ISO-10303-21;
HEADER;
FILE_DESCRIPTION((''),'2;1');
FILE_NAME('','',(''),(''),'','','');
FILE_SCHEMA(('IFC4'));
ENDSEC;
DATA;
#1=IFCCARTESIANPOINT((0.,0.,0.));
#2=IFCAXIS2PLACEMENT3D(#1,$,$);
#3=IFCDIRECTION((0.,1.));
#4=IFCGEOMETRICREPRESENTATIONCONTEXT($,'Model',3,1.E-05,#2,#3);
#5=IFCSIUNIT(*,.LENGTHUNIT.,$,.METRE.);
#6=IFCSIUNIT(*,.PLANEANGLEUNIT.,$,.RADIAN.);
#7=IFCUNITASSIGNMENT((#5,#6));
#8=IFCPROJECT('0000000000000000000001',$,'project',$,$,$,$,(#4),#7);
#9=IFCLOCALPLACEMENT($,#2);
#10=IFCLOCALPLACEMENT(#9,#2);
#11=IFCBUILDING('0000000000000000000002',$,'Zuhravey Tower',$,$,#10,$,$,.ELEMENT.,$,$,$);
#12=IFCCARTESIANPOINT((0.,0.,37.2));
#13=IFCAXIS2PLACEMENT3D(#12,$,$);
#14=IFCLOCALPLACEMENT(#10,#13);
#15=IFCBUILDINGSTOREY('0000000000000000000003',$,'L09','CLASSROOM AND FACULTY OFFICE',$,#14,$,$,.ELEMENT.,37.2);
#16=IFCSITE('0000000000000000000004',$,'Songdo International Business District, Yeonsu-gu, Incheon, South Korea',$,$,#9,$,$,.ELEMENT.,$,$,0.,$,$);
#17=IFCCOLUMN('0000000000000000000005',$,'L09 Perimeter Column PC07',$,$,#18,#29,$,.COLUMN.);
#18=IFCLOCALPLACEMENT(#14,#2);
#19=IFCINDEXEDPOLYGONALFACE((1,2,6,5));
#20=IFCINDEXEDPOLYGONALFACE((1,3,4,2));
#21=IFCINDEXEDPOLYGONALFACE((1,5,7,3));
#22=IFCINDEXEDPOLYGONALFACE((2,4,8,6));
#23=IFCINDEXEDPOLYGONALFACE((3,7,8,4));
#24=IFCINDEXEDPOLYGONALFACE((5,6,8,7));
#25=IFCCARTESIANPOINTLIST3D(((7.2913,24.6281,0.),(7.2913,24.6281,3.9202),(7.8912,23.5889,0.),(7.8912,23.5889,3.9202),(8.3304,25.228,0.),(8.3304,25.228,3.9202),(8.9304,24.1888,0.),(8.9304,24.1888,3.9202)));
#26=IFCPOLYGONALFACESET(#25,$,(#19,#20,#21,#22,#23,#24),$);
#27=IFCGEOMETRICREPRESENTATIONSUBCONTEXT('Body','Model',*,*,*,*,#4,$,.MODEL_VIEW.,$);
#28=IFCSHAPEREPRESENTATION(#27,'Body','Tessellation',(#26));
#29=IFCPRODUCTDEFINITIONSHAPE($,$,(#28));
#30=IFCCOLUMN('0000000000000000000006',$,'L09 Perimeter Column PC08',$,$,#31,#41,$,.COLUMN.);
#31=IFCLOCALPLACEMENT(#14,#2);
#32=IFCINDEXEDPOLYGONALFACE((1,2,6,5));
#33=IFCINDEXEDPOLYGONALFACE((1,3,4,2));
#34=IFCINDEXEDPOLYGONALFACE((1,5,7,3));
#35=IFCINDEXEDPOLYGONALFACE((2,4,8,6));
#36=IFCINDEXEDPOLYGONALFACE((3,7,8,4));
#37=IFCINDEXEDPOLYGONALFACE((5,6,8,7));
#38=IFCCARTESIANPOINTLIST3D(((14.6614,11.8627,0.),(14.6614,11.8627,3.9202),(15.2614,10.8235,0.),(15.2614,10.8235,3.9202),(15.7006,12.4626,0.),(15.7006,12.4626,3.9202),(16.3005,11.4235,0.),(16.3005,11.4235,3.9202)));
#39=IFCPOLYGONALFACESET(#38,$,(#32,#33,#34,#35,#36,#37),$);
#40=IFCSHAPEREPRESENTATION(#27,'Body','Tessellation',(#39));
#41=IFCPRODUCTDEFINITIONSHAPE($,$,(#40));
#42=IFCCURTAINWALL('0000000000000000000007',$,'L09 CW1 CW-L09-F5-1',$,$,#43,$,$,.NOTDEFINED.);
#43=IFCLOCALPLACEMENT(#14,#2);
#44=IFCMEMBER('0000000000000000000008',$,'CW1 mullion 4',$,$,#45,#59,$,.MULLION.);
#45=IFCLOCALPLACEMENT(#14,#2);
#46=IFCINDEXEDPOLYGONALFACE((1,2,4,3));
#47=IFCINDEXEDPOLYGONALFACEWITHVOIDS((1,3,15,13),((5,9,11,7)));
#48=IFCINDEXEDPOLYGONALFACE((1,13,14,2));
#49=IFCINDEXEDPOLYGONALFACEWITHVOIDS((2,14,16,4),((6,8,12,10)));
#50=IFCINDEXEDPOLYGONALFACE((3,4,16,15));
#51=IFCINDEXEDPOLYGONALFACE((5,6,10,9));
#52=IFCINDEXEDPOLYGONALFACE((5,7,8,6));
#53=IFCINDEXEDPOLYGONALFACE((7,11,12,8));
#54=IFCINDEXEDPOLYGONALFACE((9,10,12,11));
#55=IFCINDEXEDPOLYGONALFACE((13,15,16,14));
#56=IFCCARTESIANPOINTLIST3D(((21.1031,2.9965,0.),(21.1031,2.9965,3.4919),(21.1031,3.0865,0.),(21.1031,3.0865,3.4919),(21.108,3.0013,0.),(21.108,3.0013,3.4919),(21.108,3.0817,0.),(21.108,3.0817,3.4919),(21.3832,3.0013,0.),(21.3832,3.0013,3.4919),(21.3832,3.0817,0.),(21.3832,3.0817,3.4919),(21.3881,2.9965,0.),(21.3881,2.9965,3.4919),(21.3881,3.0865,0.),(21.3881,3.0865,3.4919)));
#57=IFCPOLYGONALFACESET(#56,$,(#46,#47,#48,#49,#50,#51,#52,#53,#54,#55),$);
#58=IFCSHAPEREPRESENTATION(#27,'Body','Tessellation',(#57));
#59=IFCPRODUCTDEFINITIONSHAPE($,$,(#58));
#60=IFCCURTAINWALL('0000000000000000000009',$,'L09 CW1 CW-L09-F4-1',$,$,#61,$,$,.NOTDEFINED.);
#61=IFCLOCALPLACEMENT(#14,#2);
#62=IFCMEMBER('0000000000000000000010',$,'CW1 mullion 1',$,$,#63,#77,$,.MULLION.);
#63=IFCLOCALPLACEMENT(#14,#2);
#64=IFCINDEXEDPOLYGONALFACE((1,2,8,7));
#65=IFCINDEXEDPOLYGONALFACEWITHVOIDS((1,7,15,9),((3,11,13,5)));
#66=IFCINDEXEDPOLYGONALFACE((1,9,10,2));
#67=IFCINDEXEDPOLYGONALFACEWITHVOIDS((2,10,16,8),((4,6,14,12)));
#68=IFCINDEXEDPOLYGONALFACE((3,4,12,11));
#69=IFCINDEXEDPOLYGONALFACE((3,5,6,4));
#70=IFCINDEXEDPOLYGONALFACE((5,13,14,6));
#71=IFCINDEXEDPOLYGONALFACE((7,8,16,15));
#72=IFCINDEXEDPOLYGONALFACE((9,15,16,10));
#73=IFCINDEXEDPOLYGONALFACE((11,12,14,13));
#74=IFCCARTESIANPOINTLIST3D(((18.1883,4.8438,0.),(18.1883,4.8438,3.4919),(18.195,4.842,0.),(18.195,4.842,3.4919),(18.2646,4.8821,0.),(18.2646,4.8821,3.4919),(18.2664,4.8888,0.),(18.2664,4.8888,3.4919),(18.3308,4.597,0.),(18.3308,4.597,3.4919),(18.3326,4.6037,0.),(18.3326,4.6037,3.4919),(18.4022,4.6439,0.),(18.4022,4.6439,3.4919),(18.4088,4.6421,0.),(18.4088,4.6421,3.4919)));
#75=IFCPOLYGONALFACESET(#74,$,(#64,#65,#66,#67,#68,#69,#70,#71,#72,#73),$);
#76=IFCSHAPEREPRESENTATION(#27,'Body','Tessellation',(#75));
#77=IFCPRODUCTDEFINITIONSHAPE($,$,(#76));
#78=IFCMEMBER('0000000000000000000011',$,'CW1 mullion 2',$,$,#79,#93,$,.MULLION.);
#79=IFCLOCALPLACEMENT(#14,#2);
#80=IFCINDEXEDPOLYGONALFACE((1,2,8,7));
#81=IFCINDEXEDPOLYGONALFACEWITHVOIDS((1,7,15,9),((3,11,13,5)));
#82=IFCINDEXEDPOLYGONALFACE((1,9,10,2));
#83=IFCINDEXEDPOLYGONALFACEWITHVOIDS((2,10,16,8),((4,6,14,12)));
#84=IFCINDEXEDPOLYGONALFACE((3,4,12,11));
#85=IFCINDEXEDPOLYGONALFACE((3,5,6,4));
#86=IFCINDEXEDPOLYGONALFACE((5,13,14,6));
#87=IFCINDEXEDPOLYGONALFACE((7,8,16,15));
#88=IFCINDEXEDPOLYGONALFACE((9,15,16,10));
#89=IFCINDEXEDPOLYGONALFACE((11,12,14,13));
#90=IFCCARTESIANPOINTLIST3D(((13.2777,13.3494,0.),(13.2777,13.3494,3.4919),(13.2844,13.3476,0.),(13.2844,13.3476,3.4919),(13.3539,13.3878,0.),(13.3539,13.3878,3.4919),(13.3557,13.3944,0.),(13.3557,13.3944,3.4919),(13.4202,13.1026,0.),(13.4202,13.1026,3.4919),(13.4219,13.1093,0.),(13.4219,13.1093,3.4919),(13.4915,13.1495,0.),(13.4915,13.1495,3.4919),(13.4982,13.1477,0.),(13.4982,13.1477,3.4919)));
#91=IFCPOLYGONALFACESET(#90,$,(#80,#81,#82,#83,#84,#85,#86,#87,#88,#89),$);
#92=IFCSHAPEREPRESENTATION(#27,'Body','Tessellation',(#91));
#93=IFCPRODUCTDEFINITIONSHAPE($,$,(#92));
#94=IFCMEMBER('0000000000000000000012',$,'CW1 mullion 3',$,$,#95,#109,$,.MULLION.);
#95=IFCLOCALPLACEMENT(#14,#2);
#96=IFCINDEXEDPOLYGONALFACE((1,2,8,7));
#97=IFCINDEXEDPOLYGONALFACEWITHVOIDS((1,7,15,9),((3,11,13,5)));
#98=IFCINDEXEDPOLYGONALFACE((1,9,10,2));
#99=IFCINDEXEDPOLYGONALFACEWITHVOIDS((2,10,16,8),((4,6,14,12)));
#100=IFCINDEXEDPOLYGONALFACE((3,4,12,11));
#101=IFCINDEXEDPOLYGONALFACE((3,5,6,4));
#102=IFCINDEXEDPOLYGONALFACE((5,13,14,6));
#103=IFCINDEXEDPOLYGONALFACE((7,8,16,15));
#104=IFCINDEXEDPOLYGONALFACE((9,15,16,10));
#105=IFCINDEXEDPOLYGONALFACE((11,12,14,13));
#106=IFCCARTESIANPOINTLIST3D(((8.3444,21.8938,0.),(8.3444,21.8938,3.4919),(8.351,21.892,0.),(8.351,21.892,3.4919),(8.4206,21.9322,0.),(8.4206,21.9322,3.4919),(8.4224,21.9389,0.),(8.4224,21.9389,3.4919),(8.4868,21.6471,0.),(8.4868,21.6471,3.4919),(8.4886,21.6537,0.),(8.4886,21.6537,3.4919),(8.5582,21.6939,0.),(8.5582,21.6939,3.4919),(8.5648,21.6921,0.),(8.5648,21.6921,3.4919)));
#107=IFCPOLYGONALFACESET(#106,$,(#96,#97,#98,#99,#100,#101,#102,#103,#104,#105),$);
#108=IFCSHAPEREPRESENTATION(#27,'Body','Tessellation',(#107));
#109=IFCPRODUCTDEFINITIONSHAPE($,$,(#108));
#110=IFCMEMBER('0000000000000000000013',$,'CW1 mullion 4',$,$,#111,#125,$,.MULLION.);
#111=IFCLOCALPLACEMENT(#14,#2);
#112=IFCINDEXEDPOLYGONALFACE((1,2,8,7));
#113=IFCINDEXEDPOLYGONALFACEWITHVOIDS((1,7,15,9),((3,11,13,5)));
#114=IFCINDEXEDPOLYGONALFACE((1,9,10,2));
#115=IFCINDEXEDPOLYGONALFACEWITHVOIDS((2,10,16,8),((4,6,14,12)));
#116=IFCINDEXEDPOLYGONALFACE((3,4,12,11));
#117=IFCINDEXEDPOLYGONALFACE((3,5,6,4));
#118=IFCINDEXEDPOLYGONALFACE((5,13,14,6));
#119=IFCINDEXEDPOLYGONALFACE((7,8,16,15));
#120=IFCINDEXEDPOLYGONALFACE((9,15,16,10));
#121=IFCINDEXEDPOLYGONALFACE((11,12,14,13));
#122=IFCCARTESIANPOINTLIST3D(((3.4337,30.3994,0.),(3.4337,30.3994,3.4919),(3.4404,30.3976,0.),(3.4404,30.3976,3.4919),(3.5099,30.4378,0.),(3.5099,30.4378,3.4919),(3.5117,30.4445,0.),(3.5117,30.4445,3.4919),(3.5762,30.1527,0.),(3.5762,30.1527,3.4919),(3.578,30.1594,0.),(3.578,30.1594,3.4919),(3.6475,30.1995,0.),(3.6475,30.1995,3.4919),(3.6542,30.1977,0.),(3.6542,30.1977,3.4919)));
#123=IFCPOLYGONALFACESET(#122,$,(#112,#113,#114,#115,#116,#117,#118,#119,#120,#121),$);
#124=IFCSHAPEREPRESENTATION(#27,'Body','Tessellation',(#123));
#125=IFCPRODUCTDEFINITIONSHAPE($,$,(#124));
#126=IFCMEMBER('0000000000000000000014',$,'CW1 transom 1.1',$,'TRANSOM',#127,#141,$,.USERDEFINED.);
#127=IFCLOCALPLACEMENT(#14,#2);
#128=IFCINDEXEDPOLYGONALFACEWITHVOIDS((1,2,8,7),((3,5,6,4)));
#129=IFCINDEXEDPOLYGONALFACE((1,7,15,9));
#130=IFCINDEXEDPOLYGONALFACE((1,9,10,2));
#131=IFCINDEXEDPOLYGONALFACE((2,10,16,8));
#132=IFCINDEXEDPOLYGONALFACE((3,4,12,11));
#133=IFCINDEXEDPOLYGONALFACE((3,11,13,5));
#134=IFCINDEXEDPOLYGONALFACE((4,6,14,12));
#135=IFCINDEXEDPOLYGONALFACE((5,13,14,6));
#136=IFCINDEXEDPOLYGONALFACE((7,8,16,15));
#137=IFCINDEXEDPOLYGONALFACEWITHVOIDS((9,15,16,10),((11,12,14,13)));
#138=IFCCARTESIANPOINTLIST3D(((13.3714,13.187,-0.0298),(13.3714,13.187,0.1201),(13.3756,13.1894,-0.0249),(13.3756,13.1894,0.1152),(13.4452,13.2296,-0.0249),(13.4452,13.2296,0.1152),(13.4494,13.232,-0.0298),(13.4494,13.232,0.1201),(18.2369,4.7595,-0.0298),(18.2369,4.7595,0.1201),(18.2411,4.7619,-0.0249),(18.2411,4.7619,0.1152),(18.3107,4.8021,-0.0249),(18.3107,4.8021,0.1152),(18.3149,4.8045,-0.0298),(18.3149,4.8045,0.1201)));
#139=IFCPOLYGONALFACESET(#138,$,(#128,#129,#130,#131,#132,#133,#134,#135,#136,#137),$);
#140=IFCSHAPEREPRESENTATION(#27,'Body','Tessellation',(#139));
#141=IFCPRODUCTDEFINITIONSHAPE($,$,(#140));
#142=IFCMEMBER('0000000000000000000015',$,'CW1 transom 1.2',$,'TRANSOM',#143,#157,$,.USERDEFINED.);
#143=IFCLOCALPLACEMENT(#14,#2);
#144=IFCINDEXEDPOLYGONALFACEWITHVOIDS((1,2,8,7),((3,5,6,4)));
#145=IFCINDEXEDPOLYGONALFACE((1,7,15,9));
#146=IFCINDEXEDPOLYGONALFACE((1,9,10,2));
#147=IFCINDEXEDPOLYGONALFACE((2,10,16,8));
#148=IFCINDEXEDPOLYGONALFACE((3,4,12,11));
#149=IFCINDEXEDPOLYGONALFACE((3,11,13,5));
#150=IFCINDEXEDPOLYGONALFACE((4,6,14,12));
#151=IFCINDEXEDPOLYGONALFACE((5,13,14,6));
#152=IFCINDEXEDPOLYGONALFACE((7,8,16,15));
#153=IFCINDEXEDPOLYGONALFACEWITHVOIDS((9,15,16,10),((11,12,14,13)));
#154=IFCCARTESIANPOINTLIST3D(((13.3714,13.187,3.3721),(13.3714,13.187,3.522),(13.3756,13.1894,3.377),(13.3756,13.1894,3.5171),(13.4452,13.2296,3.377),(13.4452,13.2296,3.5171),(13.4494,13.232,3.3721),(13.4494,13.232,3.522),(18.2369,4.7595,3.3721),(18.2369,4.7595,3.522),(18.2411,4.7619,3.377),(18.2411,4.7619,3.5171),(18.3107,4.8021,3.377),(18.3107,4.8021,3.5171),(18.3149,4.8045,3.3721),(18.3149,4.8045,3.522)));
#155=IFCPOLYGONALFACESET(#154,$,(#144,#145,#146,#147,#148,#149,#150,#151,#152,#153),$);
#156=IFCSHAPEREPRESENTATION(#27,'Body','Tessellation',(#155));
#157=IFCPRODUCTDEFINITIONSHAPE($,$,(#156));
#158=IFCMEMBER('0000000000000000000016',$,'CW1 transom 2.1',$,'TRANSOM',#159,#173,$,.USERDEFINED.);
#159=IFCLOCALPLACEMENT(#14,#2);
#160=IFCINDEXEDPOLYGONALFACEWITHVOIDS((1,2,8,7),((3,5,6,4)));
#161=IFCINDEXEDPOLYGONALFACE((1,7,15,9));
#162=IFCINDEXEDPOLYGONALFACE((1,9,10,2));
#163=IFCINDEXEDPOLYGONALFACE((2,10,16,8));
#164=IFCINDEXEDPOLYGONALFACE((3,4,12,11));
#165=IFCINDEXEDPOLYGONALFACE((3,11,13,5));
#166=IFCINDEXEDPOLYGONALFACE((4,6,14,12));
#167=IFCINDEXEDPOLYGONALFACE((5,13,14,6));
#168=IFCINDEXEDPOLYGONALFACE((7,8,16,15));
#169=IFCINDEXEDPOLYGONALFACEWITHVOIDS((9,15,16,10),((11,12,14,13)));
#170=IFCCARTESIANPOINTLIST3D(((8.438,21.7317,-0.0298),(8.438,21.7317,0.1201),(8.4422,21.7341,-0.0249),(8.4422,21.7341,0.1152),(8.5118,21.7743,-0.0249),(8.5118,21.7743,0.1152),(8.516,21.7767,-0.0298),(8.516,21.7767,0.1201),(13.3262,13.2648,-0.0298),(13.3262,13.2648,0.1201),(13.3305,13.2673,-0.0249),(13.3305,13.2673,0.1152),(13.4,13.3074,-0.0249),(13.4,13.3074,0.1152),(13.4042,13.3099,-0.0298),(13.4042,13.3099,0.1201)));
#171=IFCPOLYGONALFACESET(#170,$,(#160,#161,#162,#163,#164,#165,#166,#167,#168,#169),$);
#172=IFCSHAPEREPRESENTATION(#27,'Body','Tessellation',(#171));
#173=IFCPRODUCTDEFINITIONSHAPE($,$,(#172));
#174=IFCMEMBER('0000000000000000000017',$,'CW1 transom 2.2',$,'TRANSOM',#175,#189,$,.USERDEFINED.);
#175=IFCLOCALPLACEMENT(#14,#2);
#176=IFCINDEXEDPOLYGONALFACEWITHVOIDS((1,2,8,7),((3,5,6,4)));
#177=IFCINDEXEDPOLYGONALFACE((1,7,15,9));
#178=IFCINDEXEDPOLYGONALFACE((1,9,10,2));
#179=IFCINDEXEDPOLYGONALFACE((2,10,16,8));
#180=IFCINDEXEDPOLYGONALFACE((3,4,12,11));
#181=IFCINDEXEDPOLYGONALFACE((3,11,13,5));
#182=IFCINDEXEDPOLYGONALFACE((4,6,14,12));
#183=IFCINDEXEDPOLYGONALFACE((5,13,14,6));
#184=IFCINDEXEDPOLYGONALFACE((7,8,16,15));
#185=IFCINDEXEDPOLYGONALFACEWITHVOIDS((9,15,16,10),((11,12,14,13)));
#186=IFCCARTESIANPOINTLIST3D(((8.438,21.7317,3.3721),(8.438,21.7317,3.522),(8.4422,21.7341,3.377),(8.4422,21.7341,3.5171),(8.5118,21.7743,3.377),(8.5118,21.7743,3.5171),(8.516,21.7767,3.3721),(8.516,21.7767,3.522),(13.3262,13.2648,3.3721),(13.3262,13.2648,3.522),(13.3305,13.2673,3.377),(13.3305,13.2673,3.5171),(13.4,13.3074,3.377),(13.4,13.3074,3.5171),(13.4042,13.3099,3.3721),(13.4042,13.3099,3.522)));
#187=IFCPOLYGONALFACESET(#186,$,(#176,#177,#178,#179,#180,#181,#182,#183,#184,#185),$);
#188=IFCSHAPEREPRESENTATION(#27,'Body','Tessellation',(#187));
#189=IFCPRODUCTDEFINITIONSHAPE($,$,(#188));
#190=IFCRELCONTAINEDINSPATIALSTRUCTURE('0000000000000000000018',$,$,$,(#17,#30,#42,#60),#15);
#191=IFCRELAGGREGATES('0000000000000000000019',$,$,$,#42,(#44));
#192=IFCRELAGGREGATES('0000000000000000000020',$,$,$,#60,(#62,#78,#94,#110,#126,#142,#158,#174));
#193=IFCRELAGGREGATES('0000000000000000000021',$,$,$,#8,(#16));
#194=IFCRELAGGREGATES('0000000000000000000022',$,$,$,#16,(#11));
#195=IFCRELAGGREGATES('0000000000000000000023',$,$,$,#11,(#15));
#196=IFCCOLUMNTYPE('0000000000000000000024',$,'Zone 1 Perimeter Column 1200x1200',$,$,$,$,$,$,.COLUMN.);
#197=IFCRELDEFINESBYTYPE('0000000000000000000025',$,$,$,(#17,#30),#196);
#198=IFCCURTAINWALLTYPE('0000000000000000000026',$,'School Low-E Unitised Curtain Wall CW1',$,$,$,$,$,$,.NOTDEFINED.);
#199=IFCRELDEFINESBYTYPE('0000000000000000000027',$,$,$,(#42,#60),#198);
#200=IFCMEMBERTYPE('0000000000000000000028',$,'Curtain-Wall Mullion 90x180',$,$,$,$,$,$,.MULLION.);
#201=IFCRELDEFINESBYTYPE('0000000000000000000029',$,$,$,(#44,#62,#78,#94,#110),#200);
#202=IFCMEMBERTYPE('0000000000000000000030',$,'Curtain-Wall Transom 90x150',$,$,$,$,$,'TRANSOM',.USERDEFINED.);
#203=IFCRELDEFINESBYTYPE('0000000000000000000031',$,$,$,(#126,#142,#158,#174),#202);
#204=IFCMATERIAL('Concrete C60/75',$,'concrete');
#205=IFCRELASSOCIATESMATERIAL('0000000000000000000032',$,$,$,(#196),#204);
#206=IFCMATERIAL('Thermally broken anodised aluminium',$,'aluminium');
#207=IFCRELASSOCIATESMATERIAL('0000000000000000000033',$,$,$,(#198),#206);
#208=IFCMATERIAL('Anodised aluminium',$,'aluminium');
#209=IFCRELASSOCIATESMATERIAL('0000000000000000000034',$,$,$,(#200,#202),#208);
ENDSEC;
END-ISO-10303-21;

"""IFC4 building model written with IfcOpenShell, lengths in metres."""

from ifc_helpers import new_model, si_unit, direction, frame, origin, origin_2d, place, context, subcontext, project, spatial, rectangle, hollow_rectangle, extrude, material, material_profile, profile_set, type_object, element, aggregate, save


model = new_model("IFC4")

# Units and contexts
model_context = context("Model", 3, precision=1e-05, world=origin(), true_north=direction((0.0, 1.0)))
body_context = subcontext(model_context, "Body", "Model", "MODEL_VIEW")
ifc_project = project(units=[si_unit("LENGTHUNIT", "METRE"), si_unit("PLANEANGLEUNIT", "RADIAN")], contexts=[model_context])

# Site, building, storey
site_placement = place(None, origin())
site = spatial("IfcSite", under=ifc_project, at=site_placement, Name="Songdo International Business District, Yeonsu-gu, Incheon, South Korea", CompositionType="ELEMENT", RefElevation=0.0)
building_placement = place(site_placement, origin())
building = spatial("IfcBuilding", under=site, at=building_placement, Name="Zuhravey Tower", CompositionType="ELEMENT")
storey_placement = place(building_placement, frame((0.0, 0.0, 37.2)))
storey = spatial("IfcBuildingStorey", under=building, at=storey_placement, Name="L09", Description="CLASSROOM AND FACULTY OFFICE", CompositionType="ELEMENT", Elevation=37.2)

# Columns
ifc_material_1 = material(Name="Concrete C60/75", Category="concrete")
ifc_material_profile_1 = material_profile(ifc_material_1, rectangle(XDim=1.2, YDim=1.2, at=origin_2d()), Name="RC-1200x1200")
ifc_profile_set_1 = profile_set([ifc_material_profile_1], Name="Concrete C60/75")
column_type = type_object("IfcColumnType", Name="Zone 1 Perimeter Column 1200x1200", PredefinedType="COLUMN", material=ifc_profile_set_1)
for number, where, z_axis, x_axis, name in (
    (1, (8.1108, 24.4084, 0.0), (0.0, 0.0, 1.0), (0.5, -0.866025, 0.0), "L09 Perimeter Column PC07"),
    (2, (15.481, 11.6431, 0.0), (0.0, 0.0, 1.0), (0.5, -0.866025, 0.0), "L09 Perimeter Column PC08"),
):
    element("IfcColumn", number, at=place(storey_placement, frame(where, z_axis=z_axis, x_axis=x_axis)), inside=storey, type_object=column_type, Name=name, PredefinedType="COLUMN", context=body_context, shape_type="SweptSolid", body=[
        extrude(rectangle(XDim=1.2, YDim=1.2, at=origin_2d()), origin(), (0.0, 0.0, 1.0), 3.9202),
    ])

# Curtain wall, member
ifc_material_2 = material(Name="Thermally broken anodised aluminium", Category="aluminium")
curtain_wall_type = type_object("IfcCurtainWallType", Name="School Low-E Unitised Curtain Wall CW1", PredefinedType="NOTDEFINED", material=ifc_material_2)
curtain_wall_1_placement = place(storey_placement, origin())
curtain_wall_1 = element("IfcCurtainWall", 3, at=curtain_wall_1_placement, inside=storey, type_object=curtain_wall_type, Name="L09 CW1 CW-L09-F5-1", PredefinedType="NOTDEFINED")
ifc_material_3 = material(Name="Anodised aluminium", Category="aluminium")
ifc_material_profile_2 = material_profile(ifc_material_3, hollow_rectangle(XDim=0.0901, YDim=0.2849, WallThickness=0.0049, at=origin_2d()), Name="ALU-RHS-90x285x5")
ifc_profile_set_2 = profile_set([ifc_material_profile_2], Name="Anodised aluminium")
member_type_1 = type_object("IfcMemberType", Name="Curtain-Wall Mullion 90x180", PredefinedType="MULLION", material=ifc_profile_set_2)
member_1_placement = place(storey_placement, frame((21.2456, 3.0415, 0.0), z_axis=(0.0, 0.0, 1.0), x_axis=(0.0, -1.0, 0.0)))
member_1 = element("IfcMember", 4, at=member_1_placement, type_object=member_type_1, Name="CW1 mullion 4", PredefinedType="MULLION", context=body_context, shape_type="SweptSolid", body=[
    extrude(hollow_rectangle(XDim=0.0901, YDim=0.2849, WallThickness=0.0049, at=origin_2d()), origin(), (0.0, 0.0, 1.0), 3.4919),
])
aggregate(curtain_wall_1, [member_1])

# Curtain wall, members
curtain_wall_2_placement = place(storey_placement, origin())
curtain_wall_2 = element("IfcCurtainWall", 5, at=curtain_wall_2_placement, inside=storey, type_object=curtain_wall_type, Name="L09 CW1 CW-L09-F4-1", PredefinedType="NOTDEFINED")
member_2_placement = place(storey_placement, frame((18.2986, 4.7429, 0.0), z_axis=(0.0, 0.0, 1.0), x_axis=(-0.866026, -0.5, 0.0)))
member_2 = element("IfcMember", 6, at=member_2_placement, type_object=member_type_1, Name="CW1 mullion 1", PredefinedType="MULLION", context=body_context, shape_type="SweptSolid", body=[
    extrude(hollow_rectangle(XDim=0.0901, YDim=0.2849, WallThickness=0.0049, at=origin_2d()), origin(), (0.0, 0.0, 1.0), 3.4919),
])
member_3_placement = place(storey_placement, frame((13.3879, 13.2485, 0.0), z_axis=(0.0, 0.0, 1.0), x_axis=(-0.866026, -0.5, 0.0)))
member_3 = element("IfcMember", 7, at=member_3_placement, type_object=member_type_1, Name="CW1 mullion 2", PredefinedType="MULLION", context=body_context, shape_type="SweptSolid", body=[
    extrude(hollow_rectangle(XDim=0.0901, YDim=0.2849, WallThickness=0.0049, at=origin_2d()), origin(), (0.0, 0.0, 1.0), 3.4919),
])
member_4_placement = place(storey_placement, frame((8.4546, 21.793, 0.0), z_axis=(0.0, 0.0, 1.0), x_axis=(-0.866026, -0.5, 0.0)))
member_4 = element("IfcMember", 8, at=member_4_placement, type_object=member_type_1, Name="CW1 mullion 3", PredefinedType="MULLION", context=body_context, shape_type="SweptSolid", body=[
    extrude(hollow_rectangle(XDim=0.0901, YDim=0.2849, WallThickness=0.0049, at=origin_2d()), origin(), (0.0, 0.0, 1.0), 3.4919),
])
member_5_placement = place(storey_placement, frame((3.5439, 30.2986, 0.0), z_axis=(0.0, 0.0, 1.0), x_axis=(-0.866026, -0.5, 0.0)))
member_5 = element("IfcMember", 9, at=member_5_placement, type_object=member_type_1, Name="CW1 mullion 4", PredefinedType="MULLION", context=body_context, shape_type="SweptSolid", body=[
    extrude(hollow_rectangle(XDim=0.0901, YDim=0.2849, WallThickness=0.0049, at=origin_2d()), origin(), (0.0, 0.0, 1.0), 3.4919),
])
ifc_material_profile_3 = material_profile(ifc_material_3, hollow_rectangle(XDim=0.0901, YDim=0.1499, WallThickness=0.0049, at=origin_2d()), Name="ALU-RHS-90x150x5")
ifc_profile_set_3 = profile_set([ifc_material_profile_3], Name="Anodised aluminium")
member_type_2 = type_object("IfcMemberType", Name="Curtain-Wall Transom 90x150", ElementType="TRANSOM", PredefinedType="USERDEFINED", material=ifc_profile_set_3)
member_6_placement = place(storey_placement, frame((18.2759, 4.782, 0.0452), z_axis=(-0.49999, 0.866031, 0.0), x_axis=(-0.866031, -0.49999, 0.0)))
member_6 = element("IfcMember", 10, at=member_6_placement, type_object=member_type_2, Name="CW1 transom 1.1", ObjectType="TRANSOM", PredefinedType="USERDEFINED", context=body_context, shape_type="SweptSolid", body=[
    extrude(hollow_rectangle(XDim=0.0901, YDim=0.1499, WallThickness=0.0049, at=origin_2d()), origin(), (0.0, 0.0, 1.0), 9.7312),
])
member_7_placement = place(storey_placement, frame((18.2759, 4.782, 3.447), z_axis=(-0.49999, 0.866031, 0.0), x_axis=(-0.866031, -0.49999, 0.0)))
member_7 = element("IfcMember", 11, at=member_7_placement, type_object=member_type_2, Name="CW1 transom 1.2", ObjectType="TRANSOM", PredefinedType="USERDEFINED", context=body_context, shape_type="SweptSolid", body=[
    extrude(hollow_rectangle(XDim=0.0901, YDim=0.1499, WallThickness=0.0049, at=origin_2d()), origin(), (0.0, 0.0, 1.0), 9.7312),
])
member_8_placement = place(storey_placement, frame((13.3652, 13.2874, 0.0452), z_axis=(-0.49999, 0.866031, 0.0), x_axis=(-0.866031, -0.49999, 0.0)))
member_8 = element("IfcMember", 12, at=member_8_placement, type_object=member_type_2, Name="CW1 transom 2.1", ObjectType="TRANSOM", PredefinedType="USERDEFINED", context=body_context, shape_type="SweptSolid", body=[
    extrude(hollow_rectangle(XDim=0.0901, YDim=0.1499, WallThickness=0.0049, at=origin_2d()), origin(), (0.0, 0.0, 1.0), 9.7766),
])
member_9_placement = place(storey_placement, frame((13.3652, 13.2874, 3.447), z_axis=(-0.49999, 0.866031, 0.0), x_axis=(-0.866031, -0.49999, 0.0)))
member_9 = element("IfcMember", 13, at=member_9_placement, type_object=member_type_2, Name="CW1 transom 2.2", ObjectType="TRANSOM", PredefinedType="USERDEFINED", context=body_context, shape_type="SweptSolid", body=[
    extrude(hollow_rectangle(XDim=0.0901, YDim=0.1499, WallThickness=0.0049, at=origin_2d()), origin(), (0.0, 0.0, 1.0), 9.7766),
])

aggregate(curtain_wall_2, [member_2, member_3, member_4, member_5, member_6, member_7, member_8, member_9])

save(model, "model.ifc")
